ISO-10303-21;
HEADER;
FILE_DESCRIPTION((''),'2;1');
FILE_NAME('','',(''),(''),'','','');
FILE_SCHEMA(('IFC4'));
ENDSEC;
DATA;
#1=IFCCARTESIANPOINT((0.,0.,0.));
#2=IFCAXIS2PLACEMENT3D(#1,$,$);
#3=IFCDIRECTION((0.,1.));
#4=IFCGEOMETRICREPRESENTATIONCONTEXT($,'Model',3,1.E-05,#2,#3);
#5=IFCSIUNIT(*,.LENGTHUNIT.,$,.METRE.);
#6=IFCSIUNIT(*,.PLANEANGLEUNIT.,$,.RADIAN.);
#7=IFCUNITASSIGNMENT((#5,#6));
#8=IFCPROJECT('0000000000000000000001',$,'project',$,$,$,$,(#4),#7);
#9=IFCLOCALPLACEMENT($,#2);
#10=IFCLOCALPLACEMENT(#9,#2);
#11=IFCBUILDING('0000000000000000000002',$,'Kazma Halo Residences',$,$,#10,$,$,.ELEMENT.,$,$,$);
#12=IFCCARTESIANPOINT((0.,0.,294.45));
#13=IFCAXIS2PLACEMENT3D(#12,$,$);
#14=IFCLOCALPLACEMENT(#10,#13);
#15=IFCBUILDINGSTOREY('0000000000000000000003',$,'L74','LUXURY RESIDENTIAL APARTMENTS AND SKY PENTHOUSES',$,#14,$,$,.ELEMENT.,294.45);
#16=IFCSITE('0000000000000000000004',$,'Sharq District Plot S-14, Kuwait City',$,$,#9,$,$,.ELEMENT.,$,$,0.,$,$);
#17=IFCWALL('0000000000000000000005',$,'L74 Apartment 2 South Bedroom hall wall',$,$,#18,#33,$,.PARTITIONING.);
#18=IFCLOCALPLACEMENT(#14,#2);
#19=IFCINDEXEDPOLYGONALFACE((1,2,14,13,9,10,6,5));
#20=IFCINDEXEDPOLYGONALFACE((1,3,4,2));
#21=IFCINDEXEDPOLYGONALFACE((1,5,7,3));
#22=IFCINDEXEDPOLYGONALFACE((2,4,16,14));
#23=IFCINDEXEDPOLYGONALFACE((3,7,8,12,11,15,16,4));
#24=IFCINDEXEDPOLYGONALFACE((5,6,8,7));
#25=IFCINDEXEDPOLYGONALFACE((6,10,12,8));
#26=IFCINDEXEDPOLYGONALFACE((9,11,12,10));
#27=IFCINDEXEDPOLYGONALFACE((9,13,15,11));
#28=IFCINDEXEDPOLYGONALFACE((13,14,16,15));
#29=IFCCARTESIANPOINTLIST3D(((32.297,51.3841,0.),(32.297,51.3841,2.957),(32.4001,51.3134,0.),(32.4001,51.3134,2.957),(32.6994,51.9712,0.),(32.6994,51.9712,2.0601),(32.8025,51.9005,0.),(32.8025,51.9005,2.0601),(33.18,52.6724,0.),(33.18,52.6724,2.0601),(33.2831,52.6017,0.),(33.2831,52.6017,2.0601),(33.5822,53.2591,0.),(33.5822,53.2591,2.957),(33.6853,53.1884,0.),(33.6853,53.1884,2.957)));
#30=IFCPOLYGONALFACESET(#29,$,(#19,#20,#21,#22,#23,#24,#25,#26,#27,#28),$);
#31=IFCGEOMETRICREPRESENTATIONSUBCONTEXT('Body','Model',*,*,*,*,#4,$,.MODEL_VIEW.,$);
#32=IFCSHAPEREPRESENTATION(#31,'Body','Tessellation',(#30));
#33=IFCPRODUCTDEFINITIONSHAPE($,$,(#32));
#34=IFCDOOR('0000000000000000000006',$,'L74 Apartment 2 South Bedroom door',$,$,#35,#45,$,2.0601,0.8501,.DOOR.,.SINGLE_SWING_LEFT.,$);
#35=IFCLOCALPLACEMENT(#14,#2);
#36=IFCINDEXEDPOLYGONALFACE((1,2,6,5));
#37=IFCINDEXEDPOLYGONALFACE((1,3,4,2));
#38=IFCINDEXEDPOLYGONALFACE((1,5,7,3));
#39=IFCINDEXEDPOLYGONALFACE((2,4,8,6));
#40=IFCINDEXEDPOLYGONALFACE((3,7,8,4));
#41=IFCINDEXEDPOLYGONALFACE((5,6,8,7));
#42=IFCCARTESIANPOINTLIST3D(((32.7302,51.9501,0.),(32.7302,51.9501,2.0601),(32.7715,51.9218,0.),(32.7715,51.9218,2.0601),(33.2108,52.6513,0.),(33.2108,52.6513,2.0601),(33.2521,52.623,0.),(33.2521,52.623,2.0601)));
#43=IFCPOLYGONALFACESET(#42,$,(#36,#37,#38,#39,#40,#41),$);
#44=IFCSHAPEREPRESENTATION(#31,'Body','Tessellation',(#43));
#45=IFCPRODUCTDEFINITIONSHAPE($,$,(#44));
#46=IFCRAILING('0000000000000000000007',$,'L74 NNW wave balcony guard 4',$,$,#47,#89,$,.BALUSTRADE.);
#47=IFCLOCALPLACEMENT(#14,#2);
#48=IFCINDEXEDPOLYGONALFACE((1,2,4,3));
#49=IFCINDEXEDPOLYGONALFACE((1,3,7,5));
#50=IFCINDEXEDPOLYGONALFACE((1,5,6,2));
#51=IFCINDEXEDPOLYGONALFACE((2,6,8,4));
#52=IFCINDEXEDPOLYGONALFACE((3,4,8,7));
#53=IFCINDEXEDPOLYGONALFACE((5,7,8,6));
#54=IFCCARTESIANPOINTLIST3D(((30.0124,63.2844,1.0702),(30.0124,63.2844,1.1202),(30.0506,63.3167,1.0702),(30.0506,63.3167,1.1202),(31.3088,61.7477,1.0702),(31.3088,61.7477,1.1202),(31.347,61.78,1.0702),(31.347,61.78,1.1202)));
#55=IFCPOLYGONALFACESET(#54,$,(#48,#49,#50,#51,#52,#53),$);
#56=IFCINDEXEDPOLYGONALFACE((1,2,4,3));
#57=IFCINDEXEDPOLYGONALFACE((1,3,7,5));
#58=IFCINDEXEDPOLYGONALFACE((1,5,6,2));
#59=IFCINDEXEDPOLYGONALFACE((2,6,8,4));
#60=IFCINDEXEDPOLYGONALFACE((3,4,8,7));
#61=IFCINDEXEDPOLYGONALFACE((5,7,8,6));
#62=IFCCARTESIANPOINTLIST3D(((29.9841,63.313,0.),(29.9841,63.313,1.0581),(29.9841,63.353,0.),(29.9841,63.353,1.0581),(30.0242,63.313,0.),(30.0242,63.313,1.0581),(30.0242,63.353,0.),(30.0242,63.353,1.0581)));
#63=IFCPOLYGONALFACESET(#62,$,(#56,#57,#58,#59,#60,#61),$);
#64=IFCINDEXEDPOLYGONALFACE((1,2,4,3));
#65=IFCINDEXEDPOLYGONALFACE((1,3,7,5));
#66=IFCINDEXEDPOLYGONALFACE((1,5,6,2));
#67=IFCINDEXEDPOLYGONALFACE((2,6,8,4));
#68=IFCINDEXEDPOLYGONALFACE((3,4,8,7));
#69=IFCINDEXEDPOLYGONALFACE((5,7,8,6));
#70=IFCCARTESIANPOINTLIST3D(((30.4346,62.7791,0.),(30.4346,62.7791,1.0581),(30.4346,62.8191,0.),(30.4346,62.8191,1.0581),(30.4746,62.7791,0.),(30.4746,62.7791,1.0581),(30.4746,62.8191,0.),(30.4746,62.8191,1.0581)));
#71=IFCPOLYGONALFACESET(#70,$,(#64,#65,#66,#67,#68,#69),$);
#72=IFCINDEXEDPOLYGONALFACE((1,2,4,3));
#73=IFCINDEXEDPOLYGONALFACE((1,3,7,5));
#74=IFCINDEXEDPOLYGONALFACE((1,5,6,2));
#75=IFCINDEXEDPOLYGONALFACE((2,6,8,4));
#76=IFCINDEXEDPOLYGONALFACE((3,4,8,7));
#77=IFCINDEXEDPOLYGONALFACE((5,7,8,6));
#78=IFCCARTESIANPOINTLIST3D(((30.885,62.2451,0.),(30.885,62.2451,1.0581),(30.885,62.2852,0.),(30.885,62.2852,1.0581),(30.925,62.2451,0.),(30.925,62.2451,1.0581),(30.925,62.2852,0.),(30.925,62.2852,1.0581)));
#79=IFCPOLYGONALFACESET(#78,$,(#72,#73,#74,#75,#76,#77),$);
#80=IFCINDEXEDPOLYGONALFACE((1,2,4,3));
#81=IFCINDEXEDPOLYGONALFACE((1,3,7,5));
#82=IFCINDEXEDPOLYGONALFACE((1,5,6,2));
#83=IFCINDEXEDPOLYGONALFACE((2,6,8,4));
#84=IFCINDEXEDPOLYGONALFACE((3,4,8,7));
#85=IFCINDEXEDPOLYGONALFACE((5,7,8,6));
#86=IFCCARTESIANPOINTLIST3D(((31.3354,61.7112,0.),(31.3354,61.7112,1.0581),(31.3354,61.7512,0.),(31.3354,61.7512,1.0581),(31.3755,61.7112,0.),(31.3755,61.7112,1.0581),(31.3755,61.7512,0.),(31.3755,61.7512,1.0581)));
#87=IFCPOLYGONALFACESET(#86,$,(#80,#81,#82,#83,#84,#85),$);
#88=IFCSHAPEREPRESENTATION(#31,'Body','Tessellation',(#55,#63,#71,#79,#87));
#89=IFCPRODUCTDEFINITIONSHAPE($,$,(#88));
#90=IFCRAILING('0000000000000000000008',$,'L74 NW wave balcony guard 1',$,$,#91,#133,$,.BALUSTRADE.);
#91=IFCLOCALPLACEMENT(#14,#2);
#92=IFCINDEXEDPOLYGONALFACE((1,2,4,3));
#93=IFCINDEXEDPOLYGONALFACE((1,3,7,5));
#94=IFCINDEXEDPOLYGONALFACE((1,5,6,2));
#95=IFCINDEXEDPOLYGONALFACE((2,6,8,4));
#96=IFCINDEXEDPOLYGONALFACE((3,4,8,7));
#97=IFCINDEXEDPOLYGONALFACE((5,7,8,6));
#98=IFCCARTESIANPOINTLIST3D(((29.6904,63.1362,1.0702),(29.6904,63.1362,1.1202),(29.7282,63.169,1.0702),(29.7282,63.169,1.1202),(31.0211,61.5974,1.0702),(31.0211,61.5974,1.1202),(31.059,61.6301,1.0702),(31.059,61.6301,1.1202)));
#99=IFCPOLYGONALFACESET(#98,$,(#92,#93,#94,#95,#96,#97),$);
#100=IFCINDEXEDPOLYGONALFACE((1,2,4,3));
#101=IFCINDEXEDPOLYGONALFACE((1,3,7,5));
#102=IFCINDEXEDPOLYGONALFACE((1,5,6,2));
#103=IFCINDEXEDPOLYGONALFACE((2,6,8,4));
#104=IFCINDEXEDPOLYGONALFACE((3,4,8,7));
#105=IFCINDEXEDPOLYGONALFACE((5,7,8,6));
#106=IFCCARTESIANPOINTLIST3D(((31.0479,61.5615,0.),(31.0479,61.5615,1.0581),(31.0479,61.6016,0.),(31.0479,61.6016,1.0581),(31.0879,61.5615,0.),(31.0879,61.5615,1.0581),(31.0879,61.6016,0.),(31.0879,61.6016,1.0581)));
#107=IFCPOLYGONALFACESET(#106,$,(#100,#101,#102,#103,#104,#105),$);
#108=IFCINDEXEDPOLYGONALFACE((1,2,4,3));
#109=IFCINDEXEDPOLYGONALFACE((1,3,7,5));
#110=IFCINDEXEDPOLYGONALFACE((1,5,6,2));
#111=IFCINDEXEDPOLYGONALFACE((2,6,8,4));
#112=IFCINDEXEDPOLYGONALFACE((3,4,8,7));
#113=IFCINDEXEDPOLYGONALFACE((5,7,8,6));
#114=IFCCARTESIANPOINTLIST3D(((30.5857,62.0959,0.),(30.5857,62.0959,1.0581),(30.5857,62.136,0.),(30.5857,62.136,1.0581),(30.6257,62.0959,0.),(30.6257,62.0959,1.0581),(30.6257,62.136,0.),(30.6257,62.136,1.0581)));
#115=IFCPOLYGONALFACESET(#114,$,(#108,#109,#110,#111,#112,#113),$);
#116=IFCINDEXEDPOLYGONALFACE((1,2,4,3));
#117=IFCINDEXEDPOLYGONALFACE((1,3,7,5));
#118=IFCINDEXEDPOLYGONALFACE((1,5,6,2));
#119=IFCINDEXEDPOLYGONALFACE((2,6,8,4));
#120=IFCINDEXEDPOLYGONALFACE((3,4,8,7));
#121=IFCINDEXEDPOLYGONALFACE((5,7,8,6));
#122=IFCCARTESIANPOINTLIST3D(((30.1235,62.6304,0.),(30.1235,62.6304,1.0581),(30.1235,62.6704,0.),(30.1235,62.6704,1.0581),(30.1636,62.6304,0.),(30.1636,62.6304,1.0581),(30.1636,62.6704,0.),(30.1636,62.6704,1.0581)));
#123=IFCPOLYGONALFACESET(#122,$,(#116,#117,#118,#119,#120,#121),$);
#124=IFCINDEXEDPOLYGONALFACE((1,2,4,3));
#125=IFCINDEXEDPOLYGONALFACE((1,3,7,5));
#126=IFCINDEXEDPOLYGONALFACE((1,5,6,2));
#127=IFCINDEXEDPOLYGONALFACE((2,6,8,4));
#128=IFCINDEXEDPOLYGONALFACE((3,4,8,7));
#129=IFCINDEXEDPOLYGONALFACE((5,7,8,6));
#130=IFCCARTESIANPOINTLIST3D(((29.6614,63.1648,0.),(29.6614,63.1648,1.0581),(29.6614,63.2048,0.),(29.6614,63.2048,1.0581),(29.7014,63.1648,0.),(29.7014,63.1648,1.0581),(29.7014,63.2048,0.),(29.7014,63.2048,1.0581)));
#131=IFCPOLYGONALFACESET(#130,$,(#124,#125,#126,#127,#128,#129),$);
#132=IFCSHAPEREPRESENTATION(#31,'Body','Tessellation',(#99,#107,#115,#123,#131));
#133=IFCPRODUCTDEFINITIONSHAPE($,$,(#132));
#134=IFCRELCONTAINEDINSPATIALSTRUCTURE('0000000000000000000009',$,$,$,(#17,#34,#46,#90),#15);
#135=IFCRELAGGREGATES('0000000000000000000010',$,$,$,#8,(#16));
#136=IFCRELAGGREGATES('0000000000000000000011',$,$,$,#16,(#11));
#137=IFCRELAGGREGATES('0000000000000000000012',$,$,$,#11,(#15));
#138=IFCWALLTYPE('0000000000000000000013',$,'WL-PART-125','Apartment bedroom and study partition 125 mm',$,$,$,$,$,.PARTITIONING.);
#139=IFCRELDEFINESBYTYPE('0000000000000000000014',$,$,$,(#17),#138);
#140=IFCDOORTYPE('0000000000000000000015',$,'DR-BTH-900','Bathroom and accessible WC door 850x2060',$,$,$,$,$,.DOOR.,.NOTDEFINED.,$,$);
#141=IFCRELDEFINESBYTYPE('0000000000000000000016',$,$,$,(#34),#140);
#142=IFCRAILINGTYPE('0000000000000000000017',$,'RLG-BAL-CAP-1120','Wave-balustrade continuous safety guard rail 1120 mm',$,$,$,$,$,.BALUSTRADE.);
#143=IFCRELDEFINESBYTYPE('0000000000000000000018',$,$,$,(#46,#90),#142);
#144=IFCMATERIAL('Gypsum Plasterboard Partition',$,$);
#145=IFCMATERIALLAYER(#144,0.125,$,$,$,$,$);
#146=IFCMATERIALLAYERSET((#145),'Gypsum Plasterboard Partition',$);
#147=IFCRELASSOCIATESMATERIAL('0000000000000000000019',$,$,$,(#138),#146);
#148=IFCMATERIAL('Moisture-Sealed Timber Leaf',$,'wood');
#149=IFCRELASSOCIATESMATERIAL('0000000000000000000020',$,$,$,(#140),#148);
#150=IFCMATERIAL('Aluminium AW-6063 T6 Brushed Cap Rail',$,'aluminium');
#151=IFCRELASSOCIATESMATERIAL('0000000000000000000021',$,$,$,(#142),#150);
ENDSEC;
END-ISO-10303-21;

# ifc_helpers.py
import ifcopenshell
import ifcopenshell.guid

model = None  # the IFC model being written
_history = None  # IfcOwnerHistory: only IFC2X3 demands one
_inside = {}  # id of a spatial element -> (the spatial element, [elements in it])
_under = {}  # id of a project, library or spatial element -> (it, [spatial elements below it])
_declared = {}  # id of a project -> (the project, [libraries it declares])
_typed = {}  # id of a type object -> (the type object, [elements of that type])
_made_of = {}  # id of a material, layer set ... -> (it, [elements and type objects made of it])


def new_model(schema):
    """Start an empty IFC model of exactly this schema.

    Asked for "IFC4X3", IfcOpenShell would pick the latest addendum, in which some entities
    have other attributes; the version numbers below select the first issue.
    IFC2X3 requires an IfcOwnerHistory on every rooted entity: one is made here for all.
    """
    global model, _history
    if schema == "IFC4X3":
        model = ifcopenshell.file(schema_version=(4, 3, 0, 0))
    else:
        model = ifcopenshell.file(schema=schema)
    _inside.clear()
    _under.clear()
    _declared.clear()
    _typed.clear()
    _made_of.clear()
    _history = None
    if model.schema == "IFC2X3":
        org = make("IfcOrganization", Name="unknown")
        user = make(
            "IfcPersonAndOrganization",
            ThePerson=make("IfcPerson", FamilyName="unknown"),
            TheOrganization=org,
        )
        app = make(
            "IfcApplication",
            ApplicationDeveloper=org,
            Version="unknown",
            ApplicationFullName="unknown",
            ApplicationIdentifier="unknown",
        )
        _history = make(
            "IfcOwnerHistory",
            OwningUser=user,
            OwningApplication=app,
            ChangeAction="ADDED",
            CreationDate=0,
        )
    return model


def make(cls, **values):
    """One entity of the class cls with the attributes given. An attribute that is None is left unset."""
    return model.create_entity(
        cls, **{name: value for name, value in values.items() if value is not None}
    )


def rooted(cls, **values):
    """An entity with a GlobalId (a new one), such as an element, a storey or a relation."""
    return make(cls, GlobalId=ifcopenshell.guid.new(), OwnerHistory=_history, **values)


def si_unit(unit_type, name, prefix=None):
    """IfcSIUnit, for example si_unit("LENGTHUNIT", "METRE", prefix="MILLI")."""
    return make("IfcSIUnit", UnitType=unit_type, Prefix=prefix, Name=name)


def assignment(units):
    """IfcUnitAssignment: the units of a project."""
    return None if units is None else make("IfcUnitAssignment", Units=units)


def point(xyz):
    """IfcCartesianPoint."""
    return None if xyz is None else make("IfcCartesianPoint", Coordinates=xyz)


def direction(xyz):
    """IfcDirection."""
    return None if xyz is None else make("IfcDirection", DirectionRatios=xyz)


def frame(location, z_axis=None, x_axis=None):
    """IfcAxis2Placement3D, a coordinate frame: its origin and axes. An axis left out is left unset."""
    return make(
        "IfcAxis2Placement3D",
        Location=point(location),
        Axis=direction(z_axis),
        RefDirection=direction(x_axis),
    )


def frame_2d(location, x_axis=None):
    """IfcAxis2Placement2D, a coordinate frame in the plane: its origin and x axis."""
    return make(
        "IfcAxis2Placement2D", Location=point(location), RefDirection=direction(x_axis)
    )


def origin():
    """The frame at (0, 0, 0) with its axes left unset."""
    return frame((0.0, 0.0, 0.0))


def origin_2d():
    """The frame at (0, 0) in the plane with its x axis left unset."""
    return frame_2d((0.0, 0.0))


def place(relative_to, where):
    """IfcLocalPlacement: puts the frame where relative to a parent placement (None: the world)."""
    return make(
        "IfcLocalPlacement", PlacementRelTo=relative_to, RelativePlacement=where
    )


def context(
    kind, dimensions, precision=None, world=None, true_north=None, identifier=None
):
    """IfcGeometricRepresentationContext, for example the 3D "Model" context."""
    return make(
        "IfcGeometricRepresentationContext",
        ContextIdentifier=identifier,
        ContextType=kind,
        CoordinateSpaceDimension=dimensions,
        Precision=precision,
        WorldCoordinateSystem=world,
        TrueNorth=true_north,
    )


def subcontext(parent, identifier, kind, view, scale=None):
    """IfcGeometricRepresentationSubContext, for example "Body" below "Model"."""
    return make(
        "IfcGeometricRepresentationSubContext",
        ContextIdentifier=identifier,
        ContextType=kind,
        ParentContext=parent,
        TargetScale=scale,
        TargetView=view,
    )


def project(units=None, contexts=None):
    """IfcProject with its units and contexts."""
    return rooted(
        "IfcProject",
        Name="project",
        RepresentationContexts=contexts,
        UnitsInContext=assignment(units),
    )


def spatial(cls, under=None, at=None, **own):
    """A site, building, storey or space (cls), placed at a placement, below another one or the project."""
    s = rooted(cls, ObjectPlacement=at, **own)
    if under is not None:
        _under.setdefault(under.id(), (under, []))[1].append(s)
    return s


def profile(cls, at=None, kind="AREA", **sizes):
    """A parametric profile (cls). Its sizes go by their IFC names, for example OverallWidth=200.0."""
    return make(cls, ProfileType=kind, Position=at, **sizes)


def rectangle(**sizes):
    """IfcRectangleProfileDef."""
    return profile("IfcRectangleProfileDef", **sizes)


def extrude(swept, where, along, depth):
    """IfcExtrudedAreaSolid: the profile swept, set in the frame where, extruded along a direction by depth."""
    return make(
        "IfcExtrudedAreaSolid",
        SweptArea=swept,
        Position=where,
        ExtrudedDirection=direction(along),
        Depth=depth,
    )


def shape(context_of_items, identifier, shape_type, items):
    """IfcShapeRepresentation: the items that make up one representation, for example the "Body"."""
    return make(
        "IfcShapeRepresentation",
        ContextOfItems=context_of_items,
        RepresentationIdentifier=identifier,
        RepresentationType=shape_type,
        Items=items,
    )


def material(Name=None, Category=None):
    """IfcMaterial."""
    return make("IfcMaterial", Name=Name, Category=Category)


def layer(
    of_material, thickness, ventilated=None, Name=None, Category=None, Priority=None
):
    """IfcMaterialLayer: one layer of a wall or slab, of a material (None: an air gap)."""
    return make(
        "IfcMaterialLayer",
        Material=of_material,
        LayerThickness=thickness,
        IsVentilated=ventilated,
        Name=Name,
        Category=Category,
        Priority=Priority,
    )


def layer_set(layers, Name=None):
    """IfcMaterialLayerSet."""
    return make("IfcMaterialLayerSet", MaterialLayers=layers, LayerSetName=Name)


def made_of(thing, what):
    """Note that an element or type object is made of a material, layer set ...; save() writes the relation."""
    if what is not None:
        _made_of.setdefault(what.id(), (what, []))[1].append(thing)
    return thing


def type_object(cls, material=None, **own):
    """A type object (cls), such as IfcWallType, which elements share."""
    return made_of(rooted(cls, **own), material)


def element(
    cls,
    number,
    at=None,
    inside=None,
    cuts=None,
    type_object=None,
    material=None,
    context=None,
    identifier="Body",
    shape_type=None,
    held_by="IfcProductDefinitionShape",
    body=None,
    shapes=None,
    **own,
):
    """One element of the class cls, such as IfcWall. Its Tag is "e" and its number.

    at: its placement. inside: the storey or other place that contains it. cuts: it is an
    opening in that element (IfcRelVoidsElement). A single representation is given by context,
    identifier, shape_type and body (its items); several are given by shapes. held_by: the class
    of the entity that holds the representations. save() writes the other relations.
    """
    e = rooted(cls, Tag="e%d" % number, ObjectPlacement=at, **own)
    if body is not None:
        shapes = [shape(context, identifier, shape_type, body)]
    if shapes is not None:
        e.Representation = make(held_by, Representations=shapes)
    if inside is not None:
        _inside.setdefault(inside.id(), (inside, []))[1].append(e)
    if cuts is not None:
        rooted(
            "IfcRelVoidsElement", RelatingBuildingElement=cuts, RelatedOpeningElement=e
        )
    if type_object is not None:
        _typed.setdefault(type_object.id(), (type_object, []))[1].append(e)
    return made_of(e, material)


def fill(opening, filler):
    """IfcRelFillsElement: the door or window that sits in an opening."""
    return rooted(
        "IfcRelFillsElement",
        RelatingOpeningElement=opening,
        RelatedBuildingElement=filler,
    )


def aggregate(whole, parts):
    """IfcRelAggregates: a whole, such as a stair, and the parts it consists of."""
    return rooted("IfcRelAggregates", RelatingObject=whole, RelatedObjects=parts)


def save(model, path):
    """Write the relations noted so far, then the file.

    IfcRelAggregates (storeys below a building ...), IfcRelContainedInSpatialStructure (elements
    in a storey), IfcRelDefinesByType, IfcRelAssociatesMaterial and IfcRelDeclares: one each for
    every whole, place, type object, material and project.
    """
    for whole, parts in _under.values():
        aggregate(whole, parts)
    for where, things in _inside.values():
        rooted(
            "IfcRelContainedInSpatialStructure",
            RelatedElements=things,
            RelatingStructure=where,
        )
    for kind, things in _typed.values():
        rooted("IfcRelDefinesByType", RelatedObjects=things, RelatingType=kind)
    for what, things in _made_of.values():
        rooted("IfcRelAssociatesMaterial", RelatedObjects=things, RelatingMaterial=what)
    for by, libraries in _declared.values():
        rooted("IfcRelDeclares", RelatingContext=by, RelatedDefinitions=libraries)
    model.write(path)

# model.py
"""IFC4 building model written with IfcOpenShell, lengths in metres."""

from ifc_helpers import new_model, si_unit, direction, frame, frame_2d, origin, origin_2d, place, context, subcontext, project, spatial, rectangle, extrude, material, layer, layer_set, type_object, element, fill, save


model = new_model("IFC4")

# Units and contexts
model_context = context("Model", 3, precision=1e-05, world=origin(), true_north=direction((0.0, 1.0)))
body_context = subcontext(model_context, "Body", "Model", "MODEL_VIEW")
ifc_project = project(units=[si_unit("LENGTHUNIT", "METRE"), si_unit("PLANEANGLEUNIT", "RADIAN")], contexts=[model_context])

# Site, building, storey
site_placement = place(None, origin())
site = spatial("IfcSite", under=ifc_project, at=site_placement, Name="Sharq District Plot S-14, Kuwait City", CompositionType="ELEMENT", RefElevation=0.0)
building_placement = place(site_placement, origin())
building = spatial("IfcBuilding", under=site, at=building_placement, Name="Kazma Halo Residences", CompositionType="ELEMENT")
storey_placement = place(building_placement, frame((0.0, 0.0, 294.45)))
storey = spatial("IfcBuildingStorey", under=building, at=storey_placement, Name="L74", Description="LUXURY RESIDENTIAL APARTMENTS AND SKY PENTHOUSES", CompositionType="ELEMENT", Elevation=294.45)

# Shared definitions
ifc_material_1 = material(Name="Gypsum Plasterboard Partition")
ifc_layer_1 = layer(ifc_material_1, 0.125)
ifc_layer_set_1 = layer_set([ifc_layer_1], Name="Gypsum Plasterboard Partition")
wall_type_1 = type_object("IfcWallType", Name="WL-PART-125", Description="Apartment bedroom and study partition 125 mm", PredefinedType="PARTITIONING", material=ifc_layer_set_1)

# Wall, opening, door
wall_1_placement = place(storey_placement, frame((33.6338, 53.2239, 0.0), z_axis=(0.0, 0.0, 1.0), x_axis=(-0.565361, -0.824843, 0.0)))
wall_1 = element("IfcWall", 1, at=wall_1_placement, inside=storey, type_object=wall_type_1, Name="L74 Apartment 2 South Bedroom hall wall", PredefinedType="PARTITIONING", context=body_context, shape_type="SweptSolid", body=[
    extrude(rectangle(XDim=2.2732, YDim=0.125, at=frame_2d((1.1367, 0.0))), origin(), (0.0, 0.0, 1.0), 2.957),
])
opening_1_placement = place(wall_1_placement, frame((0.7114, 0.0, 0.0)))
opening_1 = element("IfcOpeningElement", 2, at=opening_1_placement, cuts=wall_1, PredefinedType="OPENING", context=body_context, shape_type="SweptSolid", body=[
    extrude(rectangle(XDim=0.8501, YDim=2.0601, at=frame_2d((0.425, 1.03))), frame((0.0, 0.0725, 0.0), z_axis=(0.0, -1.0, 0.0), x_axis=(1.0, 0.0, 0.0)), (0.0, 0.0, 1.0), 0.145),
])
ifc_material_2 = material(Name="Moisture-Sealed Timber Leaf", Category="wood")
door_type_1 = type_object("IfcDoorType", Name="DR-BTH-900", Description="Bathroom and accessible WC door 850x2060", OperationType="NOTDEFINED", PredefinedType="DOOR", material=ifc_material_2)
door_1_placement = place(opening_1_placement, origin())
door_1 = element("IfcDoor", 3, at=door_1_placement, inside=storey, type_object=door_type_1, Name="L74 Apartment 2 South Bedroom door", OperationType="SINGLE_SWING_LEFT", OverallHeight=2.0601, OverallWidth=0.8501, PredefinedType="DOOR", context=body_context, shape_type="SweptSolid", body=[
    extrude(rectangle(XDim=0.8501, YDim=2.0601, at=frame_2d((0.425, 1.03))), frame((0.0, 0.0249, 0.0), z_axis=(0.0, -1.0, 0.0), x_axis=(1.0, 0.0, 0.0)), (0.0, 0.0, 1.0), 0.05),
])
fill(opening_1, door_1)

# Railings
ifc_material_3 = material(Name="Aluminium AW-6063 T6 Brushed Cap Rail", Category="aluminium")
railing_type = type_object("IfcRailingType", Name="RLG-BAL-CAP-1120", Description="Wave-balustrade continuous safety guard rail 1120 mm", PredefinedType="BALUSTRADE", material=ifc_material_3)
railing_1_placement = place(storey_placement, frame((30.0042, 63.333, 0.0)))
element("IfcRailing", 4, at=railing_1_placement, inside=storey, type_object=railing_type, Name="L74 NNW wave balcony guard 4", PredefinedType="BALUSTRADE", context=body_context, shape_type="SweptSolid", body=[
    extrude(rectangle(XDim=0.05, YDim=0.05, at=origin_2d()), frame((0.0273, -0.0325, 1.0952), z_axis=(0.644814, -0.76434, 0.0), x_axis=(0.76434, 0.644814, 0.0)), (0.0, 0.0, 1.0), 2.0105),
    extrude(rectangle(XDim=0.04, YDim=0.04, at=origin_2d()), origin(), (0.0, 0.0, 1.0), 1.0581),
    extrude(rectangle(XDim=0.04, YDim=0.04, at=origin_2d()), frame((0.4504, -0.5339, 0.0)), (0.0, 0.0, 1.0), 1.0581),
    extrude(rectangle(XDim=0.04, YDim=0.04, at=origin_2d()), frame((0.9009, -1.0679, 0.0)), (0.0, 0.0, 1.0), 1.0581),
    extrude(rectangle(XDim=0.04, YDim=0.04, at=origin_2d()), frame((1.3513, -1.6018, 0.0)), (0.0, 0.0, 1.0), 1.0581),
])
railing_2_placement = place(storey_placement, frame((31.0679, 61.5815, 0.0)))
element("IfcRailing", 5, at=railing_2_placement, inside=storey, type_object=railing_type, Name="L74 NW wave balcony guard 1", PredefinedType="BALUSTRADE", context=body_context, shape_type="SweptSolid", body=[
    extrude(rectangle(XDim=0.05, YDim=0.05, at=origin_2d()), frame((-0.0278, 0.0322, 1.0952), z_axis=(-0.654115, 0.756396, 0.0), x_axis=(-0.756396, -0.654115, 0.0)), (0.0, 0.0, 1.0), 2.0344),
    extrude(rectangle(XDim=0.04, YDim=0.04, at=origin_2d()), origin(), (0.0, 0.0, 1.0), 1.0581),
    extrude(rectangle(XDim=0.04, YDim=0.04, at=origin_2d()), frame((-0.4622, 0.5344, 0.0)), (0.0, 0.0, 1.0), 1.0581),
    extrude(rectangle(XDim=0.04, YDim=0.04, at=origin_2d()), frame((-0.9243, 1.0688, 0.0)), (0.0, 0.0, 1.0), 1.0581),
    extrude(rectangle(XDim=0.04, YDim=0.04, at=origin_2d()), frame((-1.3865, 1.6033, 0.0)), (0.0, 0.0, 1.0), 1.0581),
])

save(model, "model.ifc")
